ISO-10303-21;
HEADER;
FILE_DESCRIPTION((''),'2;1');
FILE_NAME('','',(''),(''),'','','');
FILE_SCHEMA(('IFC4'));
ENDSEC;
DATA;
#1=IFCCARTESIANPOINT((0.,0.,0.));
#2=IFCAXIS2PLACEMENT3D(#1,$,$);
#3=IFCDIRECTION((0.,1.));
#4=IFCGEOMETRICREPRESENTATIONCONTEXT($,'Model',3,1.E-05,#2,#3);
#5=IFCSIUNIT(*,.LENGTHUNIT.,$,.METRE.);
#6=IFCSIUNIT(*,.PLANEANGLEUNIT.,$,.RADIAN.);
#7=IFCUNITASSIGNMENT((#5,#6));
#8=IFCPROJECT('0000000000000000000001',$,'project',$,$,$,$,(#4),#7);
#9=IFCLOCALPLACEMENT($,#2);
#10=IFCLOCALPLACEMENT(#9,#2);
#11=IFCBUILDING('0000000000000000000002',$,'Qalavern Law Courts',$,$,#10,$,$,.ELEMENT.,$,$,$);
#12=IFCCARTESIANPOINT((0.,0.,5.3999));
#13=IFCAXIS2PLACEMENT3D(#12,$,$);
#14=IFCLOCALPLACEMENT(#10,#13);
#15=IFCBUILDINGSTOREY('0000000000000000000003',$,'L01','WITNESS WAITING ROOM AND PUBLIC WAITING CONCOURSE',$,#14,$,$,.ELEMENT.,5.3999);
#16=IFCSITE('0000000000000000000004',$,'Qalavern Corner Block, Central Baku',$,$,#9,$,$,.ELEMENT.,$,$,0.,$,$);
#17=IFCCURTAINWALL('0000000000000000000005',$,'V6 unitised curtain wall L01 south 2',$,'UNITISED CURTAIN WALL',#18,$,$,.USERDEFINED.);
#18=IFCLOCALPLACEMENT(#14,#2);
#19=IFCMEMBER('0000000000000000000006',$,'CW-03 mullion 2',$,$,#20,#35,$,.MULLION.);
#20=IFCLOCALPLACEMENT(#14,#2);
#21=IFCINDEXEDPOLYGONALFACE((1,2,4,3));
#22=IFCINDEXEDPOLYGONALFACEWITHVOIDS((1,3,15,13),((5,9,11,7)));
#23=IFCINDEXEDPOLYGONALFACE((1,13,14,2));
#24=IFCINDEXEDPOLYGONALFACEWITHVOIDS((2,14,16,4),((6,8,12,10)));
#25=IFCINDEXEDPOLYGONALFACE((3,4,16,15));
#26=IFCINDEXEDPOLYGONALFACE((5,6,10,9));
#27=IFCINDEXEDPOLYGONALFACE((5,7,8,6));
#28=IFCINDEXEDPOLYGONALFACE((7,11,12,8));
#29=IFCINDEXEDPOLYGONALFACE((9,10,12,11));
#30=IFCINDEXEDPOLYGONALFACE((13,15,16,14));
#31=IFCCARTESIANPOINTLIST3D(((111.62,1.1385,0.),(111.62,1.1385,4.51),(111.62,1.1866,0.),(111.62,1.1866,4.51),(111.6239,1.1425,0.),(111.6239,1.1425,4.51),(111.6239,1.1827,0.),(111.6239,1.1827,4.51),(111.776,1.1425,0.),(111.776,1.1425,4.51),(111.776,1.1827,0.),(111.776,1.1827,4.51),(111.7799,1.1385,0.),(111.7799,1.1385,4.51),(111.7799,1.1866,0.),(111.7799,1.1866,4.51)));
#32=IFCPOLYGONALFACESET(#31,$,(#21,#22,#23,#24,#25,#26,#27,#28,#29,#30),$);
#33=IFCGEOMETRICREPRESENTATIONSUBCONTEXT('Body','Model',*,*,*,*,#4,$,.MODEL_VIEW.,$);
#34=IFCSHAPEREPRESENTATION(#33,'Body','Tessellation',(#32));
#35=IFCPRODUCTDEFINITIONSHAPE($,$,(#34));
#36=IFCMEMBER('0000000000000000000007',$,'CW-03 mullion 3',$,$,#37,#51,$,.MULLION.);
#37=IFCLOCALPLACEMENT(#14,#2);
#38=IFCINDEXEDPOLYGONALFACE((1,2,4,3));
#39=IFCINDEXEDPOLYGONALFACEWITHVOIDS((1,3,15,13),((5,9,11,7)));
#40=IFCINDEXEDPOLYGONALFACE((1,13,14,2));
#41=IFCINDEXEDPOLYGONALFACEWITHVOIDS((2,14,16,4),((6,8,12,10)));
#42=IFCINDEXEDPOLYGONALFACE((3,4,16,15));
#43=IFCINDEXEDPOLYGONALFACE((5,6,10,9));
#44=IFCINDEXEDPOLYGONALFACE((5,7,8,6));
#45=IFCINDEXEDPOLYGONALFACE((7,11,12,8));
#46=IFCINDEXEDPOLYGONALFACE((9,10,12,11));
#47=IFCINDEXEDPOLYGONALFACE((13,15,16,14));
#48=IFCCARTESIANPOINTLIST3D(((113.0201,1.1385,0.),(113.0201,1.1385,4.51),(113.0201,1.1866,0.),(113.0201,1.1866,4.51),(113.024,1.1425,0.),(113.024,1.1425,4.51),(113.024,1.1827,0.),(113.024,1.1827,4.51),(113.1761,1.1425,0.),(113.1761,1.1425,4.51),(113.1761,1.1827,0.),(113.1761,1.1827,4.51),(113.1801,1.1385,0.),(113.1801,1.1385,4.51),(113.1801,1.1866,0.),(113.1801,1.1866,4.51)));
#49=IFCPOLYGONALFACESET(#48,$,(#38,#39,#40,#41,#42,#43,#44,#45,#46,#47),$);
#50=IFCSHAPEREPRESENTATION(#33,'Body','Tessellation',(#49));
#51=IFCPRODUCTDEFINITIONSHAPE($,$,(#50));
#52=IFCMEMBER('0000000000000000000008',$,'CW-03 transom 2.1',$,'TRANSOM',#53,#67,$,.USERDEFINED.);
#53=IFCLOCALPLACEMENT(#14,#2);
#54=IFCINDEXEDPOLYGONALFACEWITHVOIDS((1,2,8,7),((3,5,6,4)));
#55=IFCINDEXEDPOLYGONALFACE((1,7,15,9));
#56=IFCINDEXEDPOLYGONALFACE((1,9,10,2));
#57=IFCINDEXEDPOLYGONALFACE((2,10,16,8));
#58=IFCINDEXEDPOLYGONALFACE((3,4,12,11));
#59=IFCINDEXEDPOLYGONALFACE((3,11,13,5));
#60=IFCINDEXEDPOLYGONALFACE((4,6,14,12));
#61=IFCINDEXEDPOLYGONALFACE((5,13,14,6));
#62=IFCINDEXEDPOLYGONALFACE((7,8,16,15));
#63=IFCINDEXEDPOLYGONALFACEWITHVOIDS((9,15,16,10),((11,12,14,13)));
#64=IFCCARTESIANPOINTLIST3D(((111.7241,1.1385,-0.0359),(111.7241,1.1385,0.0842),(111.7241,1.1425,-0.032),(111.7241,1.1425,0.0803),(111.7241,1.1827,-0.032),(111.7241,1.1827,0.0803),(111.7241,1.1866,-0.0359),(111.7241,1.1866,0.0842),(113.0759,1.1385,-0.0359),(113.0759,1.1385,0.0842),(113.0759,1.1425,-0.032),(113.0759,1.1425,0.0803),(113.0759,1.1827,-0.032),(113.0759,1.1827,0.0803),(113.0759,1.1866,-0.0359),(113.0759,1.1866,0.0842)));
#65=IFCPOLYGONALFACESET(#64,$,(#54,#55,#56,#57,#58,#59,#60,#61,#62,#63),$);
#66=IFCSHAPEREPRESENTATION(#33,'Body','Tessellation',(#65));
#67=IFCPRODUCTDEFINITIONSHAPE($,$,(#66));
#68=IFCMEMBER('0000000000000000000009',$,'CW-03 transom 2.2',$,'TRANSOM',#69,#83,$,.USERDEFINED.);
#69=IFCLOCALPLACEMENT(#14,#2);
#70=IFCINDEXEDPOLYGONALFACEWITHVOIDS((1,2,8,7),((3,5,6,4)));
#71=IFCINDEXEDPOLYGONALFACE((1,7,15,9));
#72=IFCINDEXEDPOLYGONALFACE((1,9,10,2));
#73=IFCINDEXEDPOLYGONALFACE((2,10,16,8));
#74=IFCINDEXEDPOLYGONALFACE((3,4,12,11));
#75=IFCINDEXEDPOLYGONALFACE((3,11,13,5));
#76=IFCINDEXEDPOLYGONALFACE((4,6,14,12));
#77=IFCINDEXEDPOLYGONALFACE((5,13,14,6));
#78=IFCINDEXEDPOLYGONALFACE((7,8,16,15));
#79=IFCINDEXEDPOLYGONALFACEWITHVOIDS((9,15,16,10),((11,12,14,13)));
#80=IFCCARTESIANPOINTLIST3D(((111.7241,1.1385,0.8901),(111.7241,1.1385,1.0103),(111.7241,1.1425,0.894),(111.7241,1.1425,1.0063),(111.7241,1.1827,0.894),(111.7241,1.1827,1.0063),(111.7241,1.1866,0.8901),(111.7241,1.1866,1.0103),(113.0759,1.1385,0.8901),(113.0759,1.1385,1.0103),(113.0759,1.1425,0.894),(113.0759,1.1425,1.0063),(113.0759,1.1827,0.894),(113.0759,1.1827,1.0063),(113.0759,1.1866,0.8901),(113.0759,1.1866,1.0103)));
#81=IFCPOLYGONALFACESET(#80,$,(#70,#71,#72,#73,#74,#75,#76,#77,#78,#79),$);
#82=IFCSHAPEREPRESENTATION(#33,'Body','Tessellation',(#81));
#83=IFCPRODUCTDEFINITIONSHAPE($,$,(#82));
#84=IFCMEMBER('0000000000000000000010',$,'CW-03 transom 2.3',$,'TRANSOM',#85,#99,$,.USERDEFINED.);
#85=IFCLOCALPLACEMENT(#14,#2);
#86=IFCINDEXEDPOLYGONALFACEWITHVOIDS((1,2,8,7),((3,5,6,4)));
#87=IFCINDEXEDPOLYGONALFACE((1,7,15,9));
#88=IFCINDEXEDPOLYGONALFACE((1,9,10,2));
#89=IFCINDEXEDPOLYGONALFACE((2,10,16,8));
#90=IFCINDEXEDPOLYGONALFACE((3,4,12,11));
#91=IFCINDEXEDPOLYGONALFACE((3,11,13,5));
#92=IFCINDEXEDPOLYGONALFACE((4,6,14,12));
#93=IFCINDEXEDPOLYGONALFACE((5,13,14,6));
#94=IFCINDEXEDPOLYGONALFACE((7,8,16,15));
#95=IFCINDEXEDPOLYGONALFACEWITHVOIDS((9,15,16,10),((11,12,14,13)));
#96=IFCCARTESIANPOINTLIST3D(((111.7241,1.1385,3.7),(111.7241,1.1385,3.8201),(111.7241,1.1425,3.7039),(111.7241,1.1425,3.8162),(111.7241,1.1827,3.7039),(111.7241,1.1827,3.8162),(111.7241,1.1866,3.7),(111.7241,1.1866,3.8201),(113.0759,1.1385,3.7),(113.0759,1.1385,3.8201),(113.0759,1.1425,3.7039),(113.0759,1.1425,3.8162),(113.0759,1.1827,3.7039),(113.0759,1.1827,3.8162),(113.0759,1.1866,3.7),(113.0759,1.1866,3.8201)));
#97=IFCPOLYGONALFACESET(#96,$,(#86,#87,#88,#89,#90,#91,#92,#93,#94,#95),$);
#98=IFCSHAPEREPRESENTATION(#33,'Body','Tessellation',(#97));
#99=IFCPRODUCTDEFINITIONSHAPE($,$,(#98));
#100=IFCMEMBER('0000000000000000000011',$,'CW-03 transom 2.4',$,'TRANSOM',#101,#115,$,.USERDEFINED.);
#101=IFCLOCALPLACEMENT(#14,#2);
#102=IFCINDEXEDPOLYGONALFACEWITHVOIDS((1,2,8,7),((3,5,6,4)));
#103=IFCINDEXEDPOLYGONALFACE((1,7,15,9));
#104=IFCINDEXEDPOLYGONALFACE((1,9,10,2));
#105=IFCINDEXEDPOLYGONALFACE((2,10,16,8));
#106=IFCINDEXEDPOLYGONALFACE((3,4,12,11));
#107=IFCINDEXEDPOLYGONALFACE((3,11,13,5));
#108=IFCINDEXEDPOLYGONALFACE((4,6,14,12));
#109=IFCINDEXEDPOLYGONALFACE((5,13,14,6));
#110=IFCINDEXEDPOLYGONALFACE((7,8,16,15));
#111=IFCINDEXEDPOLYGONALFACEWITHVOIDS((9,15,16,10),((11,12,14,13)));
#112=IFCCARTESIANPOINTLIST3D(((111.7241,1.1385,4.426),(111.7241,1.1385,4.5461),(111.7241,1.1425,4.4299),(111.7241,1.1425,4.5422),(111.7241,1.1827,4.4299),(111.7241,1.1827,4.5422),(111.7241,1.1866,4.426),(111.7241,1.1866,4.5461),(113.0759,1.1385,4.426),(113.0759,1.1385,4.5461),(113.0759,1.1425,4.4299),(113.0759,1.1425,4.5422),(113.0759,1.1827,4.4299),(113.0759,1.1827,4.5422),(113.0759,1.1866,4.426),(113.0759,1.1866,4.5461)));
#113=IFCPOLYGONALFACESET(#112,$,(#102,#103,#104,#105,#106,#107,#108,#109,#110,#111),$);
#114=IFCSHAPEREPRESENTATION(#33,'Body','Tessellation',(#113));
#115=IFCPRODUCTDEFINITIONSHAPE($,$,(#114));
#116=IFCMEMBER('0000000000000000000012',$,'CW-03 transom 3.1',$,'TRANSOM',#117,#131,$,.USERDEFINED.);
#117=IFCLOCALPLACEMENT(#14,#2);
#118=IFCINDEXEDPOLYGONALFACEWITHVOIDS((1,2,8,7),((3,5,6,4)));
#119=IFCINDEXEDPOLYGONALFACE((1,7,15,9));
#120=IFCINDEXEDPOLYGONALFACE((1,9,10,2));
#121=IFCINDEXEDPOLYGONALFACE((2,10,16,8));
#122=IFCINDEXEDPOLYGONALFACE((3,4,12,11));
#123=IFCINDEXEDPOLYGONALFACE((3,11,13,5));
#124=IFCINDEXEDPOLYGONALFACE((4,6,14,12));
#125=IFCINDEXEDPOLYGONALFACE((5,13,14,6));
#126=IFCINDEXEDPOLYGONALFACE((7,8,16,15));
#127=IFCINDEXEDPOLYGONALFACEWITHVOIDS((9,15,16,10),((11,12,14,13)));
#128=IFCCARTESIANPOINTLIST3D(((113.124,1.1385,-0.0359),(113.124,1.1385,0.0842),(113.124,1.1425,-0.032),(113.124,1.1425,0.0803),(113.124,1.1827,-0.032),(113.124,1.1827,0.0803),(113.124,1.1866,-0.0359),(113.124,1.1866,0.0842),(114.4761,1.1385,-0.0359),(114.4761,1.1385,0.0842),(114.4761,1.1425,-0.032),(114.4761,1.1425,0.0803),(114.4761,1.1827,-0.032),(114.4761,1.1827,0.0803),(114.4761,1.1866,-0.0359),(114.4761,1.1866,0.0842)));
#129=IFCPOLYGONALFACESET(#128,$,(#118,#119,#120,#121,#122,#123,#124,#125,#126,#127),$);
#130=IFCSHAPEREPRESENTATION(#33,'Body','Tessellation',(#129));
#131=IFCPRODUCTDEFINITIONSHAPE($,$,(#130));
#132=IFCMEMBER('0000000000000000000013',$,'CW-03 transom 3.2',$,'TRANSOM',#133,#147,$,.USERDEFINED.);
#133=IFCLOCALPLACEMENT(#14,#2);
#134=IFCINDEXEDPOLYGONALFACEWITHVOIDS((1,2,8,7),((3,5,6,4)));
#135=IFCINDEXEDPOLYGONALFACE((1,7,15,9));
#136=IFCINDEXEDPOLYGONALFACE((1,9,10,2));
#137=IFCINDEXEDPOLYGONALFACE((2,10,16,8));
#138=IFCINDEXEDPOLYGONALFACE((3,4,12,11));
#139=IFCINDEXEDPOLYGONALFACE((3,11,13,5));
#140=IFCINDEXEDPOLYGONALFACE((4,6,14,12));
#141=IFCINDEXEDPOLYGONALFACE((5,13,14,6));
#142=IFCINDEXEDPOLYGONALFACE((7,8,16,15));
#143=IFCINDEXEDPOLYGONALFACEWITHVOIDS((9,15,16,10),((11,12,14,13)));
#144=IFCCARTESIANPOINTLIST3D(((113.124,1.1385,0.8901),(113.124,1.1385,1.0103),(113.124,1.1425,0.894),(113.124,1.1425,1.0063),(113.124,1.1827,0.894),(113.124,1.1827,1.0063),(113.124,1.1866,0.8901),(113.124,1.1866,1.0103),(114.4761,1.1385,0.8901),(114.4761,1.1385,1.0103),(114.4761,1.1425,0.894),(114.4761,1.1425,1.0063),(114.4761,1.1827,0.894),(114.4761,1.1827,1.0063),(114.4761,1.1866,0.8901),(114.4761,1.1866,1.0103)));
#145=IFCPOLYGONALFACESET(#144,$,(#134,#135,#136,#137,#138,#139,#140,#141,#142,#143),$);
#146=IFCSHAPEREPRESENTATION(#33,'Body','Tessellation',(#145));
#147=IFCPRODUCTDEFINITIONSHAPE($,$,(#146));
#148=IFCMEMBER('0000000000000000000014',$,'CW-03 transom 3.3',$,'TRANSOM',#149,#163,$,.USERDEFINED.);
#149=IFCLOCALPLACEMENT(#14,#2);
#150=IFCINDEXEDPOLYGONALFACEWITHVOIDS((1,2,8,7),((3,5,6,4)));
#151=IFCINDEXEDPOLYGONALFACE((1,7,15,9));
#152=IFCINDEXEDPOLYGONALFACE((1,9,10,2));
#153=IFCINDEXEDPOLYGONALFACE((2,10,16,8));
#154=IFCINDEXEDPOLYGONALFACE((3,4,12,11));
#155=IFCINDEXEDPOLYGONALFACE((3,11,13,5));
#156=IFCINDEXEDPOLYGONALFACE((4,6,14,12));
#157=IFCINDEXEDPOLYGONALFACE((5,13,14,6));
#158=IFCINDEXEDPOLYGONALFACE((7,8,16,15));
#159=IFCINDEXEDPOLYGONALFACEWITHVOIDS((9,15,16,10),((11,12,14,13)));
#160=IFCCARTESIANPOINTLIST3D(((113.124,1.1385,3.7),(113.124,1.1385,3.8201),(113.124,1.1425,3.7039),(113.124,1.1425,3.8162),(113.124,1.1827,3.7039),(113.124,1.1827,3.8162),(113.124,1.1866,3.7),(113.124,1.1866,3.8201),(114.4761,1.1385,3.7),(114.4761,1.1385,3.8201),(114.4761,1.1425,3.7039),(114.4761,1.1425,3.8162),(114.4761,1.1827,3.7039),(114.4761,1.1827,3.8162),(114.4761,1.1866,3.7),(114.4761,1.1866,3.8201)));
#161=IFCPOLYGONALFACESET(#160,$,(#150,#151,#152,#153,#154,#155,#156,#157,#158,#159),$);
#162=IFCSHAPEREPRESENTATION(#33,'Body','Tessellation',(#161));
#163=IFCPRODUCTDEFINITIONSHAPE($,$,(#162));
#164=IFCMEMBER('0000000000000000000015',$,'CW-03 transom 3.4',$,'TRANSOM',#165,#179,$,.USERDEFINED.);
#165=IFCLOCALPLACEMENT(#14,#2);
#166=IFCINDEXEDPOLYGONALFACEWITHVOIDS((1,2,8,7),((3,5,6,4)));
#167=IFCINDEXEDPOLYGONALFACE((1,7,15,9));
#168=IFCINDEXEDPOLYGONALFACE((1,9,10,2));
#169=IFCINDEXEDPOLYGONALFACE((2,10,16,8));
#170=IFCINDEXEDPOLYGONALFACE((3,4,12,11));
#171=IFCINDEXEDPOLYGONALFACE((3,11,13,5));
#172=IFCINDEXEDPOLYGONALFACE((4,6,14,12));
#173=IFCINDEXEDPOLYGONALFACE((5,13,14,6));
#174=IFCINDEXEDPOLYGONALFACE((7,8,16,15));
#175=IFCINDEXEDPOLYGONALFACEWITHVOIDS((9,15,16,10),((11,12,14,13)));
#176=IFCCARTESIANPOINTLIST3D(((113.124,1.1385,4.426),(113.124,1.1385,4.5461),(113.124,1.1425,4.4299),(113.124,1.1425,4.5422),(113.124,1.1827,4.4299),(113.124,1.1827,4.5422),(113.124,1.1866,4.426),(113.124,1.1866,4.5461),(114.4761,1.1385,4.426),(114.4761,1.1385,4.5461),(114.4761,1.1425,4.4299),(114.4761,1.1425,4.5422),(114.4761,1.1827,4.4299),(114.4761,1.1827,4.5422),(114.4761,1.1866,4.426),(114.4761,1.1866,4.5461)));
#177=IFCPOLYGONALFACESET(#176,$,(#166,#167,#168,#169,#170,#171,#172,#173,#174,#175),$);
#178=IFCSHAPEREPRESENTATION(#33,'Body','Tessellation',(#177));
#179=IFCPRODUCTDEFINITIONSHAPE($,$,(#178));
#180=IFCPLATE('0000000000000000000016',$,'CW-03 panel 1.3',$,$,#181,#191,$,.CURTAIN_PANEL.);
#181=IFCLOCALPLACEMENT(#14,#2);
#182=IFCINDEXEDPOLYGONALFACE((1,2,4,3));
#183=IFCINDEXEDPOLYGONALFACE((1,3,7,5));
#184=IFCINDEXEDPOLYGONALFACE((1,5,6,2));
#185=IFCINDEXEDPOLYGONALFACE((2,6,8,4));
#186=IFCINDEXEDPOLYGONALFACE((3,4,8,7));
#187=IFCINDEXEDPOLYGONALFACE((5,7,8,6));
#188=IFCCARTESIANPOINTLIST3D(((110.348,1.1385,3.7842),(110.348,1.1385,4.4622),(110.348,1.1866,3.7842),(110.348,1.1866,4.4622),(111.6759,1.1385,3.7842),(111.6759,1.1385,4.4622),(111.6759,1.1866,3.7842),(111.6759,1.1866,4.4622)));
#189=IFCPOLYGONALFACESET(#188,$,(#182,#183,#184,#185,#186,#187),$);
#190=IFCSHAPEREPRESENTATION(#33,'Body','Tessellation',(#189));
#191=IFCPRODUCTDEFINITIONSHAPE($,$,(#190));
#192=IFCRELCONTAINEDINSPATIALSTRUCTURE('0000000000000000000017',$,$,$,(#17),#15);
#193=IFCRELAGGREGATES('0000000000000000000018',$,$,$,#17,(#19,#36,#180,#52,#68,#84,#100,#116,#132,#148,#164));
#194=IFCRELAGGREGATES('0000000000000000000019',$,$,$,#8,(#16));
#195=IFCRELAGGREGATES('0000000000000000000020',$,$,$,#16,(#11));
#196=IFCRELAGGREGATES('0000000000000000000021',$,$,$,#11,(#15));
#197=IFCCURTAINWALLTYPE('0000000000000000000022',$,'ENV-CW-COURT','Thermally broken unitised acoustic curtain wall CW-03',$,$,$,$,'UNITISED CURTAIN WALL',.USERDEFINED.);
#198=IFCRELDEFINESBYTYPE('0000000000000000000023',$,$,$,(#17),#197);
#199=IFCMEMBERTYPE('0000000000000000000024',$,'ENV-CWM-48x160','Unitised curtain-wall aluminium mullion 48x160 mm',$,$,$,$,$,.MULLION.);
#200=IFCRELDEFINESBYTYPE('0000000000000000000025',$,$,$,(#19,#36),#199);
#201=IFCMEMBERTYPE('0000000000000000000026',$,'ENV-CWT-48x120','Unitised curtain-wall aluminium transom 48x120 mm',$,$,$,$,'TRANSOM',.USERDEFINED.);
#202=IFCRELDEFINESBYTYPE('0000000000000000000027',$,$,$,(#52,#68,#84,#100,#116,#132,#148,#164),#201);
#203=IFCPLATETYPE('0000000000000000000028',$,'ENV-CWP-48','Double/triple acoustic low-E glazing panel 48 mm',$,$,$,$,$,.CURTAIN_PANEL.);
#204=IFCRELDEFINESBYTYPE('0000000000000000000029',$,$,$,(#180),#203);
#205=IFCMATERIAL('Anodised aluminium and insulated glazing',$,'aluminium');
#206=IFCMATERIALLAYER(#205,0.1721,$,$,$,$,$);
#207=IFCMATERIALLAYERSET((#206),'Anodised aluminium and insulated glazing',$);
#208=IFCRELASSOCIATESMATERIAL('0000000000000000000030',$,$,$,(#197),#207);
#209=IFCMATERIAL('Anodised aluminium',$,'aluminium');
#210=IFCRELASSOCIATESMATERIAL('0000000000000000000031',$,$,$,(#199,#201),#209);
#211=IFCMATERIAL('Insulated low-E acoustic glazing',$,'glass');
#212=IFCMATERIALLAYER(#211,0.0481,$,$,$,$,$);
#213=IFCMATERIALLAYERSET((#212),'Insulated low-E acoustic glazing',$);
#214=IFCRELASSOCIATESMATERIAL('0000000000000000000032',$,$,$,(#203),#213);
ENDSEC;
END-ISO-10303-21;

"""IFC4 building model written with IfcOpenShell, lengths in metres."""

from ifc_helpers import new_model, si_unit, direction, frame, origin, origin_2d, place, context, subcontext, project, spatial, rectangle, hollow_rectangle, extrude, material, layer, layer_set, material_profile, profile_set, type_object, element, aggregate, save


model = new_model("IFC4")

# Units and contexts
model_context = context("Model", 3, precision=1e-05, world=origin(), true_north=direction((0.0, 1.0)))
body_context = subcontext(model_context, "Body", "Model", "MODEL_VIEW")
ifc_project = project(units=[si_unit("LENGTHUNIT", "METRE"), si_unit("PLANEANGLEUNIT", "RADIAN")], contexts=[model_context])

# Site, building, storey
site_placement = place(None, origin())
site = spatial("IfcSite", under=ifc_project, at=site_placement, Name="Qalavern Corner Block, Central Baku", CompositionType="ELEMENT", RefElevation=0.0)
building_placement = place(site_placement, origin())
building = spatial("IfcBuilding", under=site, at=building_placement, Name="Qalavern Law Courts", CompositionType="ELEMENT")
storey_placement = place(building_placement, frame((0.0, 0.0, 5.3999)))
storey = spatial("IfcBuildingStorey", under=building, at=storey_placement, Name="L01", Description="WITNESS WAITING ROOM AND PUBLIC WAITING CONCOURSE", CompositionType="ELEMENT", Elevation=5.3999)

# Curtain wall, members, plate
ifc_material_1 = material(Name="Anodised aluminium and insulated glazing", Category="aluminium")
ifc_layer_1 = layer(ifc_material_1, 0.1721)
ifc_layer_set_1 = layer_set([ifc_layer_1], Name="Anodised aluminium and insulated glazing")
curtain_wall_type = type_object("IfcCurtainWallType", Name="ENV-CW-COURT", Description="Thermally broken unitised acoustic curtain wall CW-03", ElementType="UNITISED CURTAIN WALL", PredefinedType="USERDEFINED", material=ifc_layer_set_1)
curtain_wall_placement = place(storey_placement, origin())
curtain_wall = element("IfcCurtainWall", 1, at=curtain_wall_placement, inside=storey, type_object=curtain_wall_type, Name="V6 unitised curtain wall L01 south 2", ObjectType="UNITISED CURTAIN WALL", PredefinedType="USERDEFINED")
ifc_material_2 = material(Name="Anodised aluminium", Category="aluminium")
ifc_material_profile_1 = material_profile(ifc_material_2, hollow_rectangle(XDim=0.0481, YDim=0.1599, WallThickness=0.0039, at=origin_2d()), Name="ALU MULLION 48x160")
ifc_profile_set_1 = profile_set([ifc_material_profile_1], Name="Anodised aluminium")
member_type_1 = type_object("IfcMemberType", Name="ENV-CWM-48x160", Description="Unitised curtain-wall aluminium mullion 48x160 mm", PredefinedType="MULLION", material=ifc_profile_set_1)
member_1_placement = place(storey_placement, frame((111.7, 1.1626, 0.0), z_axis=(0.0, 0.0, 1.0), x_axis=(0.0, 1.0, 0.0)))
member_1 = element("IfcMember", 2, at=member_1_placement, type_object=member_type_1, Name="CW-03 mullion 2", PredefinedType="MULLION", context=body_context, shape_type="SweptSolid", body=[
    extrude(hollow_rectangle(XDim=0.0481, YDim=0.1599, WallThickness=0.0039, at=origin_2d()), origin(), (0.0, 0.0, 1.0), 4.51),
])
member_2_placement = place(storey_placement, frame((113.1001, 1.1626, 0.0), z_axis=(0.0, 0.0, 1.0), x_axis=(0.0, 1.0, 0.0)))
member_2 = element("IfcMember", 3, at=member_2_placement, type_object=member_type_1, Name="CW-03 mullion 3", PredefinedType="MULLION", context=body_context, shape_type="SweptSolid", body=[
    extrude(hollow_rectangle(XDim=0.0481, YDim=0.1599, WallThickness=0.0039, at=origin_2d()), origin(), (0.0, 0.0, 1.0), 4.51),
])
ifc_material_profile_2 = material_profile(ifc_material_2, hollow_rectangle(XDim=0.0481, YDim=0.1201, WallThickness=0.0039, at=origin_2d()), Name="ALU TRANSOM 48x120")
ifc_profile_set_2 = profile_set([ifc_material_profile_2], Name="Anodised aluminium")
member_type_2 = type_object("IfcMemberType", Name="ENV-CWT-48x120", Description="Unitised curtain-wall aluminium transom 48x120 mm", ElementType="TRANSOM", PredefinedType="USERDEFINED", material=ifc_profile_set_2)
member_3_placement = place(storey_placement, frame((111.7241, 1.1626, 0.0242), z_axis=(1.0, 0.0, 0.0), x_axis=(0.0, 1.0, 0.0)))
member_3 = element("IfcMember", 4, at=member_3_placement, type_object=member_type_2, Name="CW-03 transom 2.1", ObjectType="TRANSOM", PredefinedType="USERDEFINED", context=body_context, shape_type="SweptSolid", body=[
    extrude(hollow_rectangle(XDim=0.0481, YDim=0.1201, WallThickness=0.0039, at=origin_2d()), origin(), (0.0, 0.0, 1.0), 1.3518),
])
member_4_placement = place(storey_placement, frame((111.7241, 1.1626, 0.9502), z_axis=(1.0, 0.0, 0.0), x_axis=(0.0, 1.0, 0.0)))
member_4 = element("IfcMember", 5, at=member_4_placement, type_object=member_type_2, Name="CW-03 transom 2.2", ObjectType="TRANSOM", PredefinedType="USERDEFINED", context=body_context, shape_type="SweptSolid", body=[
    extrude(hollow_rectangle(XDim=0.0481, YDim=0.1201, WallThickness=0.0039, at=origin_2d()), origin(), (0.0, 0.0, 1.0), 1.3518),
])
member_5_placement = place(storey_placement, frame((111.7241, 1.1626, 3.76), z_axis=(1.0, 0.0, 0.0), x_axis=(0.0, 1.0, 0.0)))
member_5 = element("IfcMember", 6, at=member_5_placement, type_object=member_type_2, Name="CW-03 transom 2.3", ObjectType="TRANSOM", PredefinedType="USERDEFINED", context=body_context, shape_type="SweptSolid", body=[
    extrude(hollow_rectangle(XDim=0.0481, YDim=0.1201, WallThickness=0.0039, at=origin_2d()), origin(), (0.0, 0.0, 1.0), 1.3518),
])
member_6_placement = place(storey_placement, frame((111.7241, 1.1626, 4.4861), z_axis=(1.0, 0.0, 0.0), x_axis=(0.0, 1.0, 0.0)))
member_6 = element("IfcMember", 7, at=member_6_placement, type_object=member_type_2, Name="CW-03 transom 2.4", ObjectType="TRANSOM", PredefinedType="USERDEFINED", context=body_context, shape_type="SweptSolid", body=[
    extrude(hollow_rectangle(XDim=0.0481, YDim=0.1201, WallThickness=0.0039, at=origin_2d()), origin(), (0.0, 0.0, 1.0), 1.3518),
])
member_7_placement = place(storey_placement, frame((113.124, 1.1626, 0.0242), z_axis=(1.0, 0.0, 0.0), x_axis=(0.0, 1.0, 0.0)))
member_7 = element("IfcMember", 8, at=member_7_placement, type_object=member_type_2, Name="CW-03 transom 3.1", ObjectType="TRANSOM", PredefinedType="USERDEFINED", context=body_context, shape_type="SweptSolid", body=[
    extrude(hollow_rectangle(XDim=0.0481, YDim=0.1201, WallThickness=0.0039, at=origin_2d()), origin(), (0.0, 0.0, 1.0), 1.3521),
])
member_8_placement = place(storey_placement, frame((113.124, 1.1626, 0.9502), z_axis=(1.0, 0.0, 0.0), x_axis=(0.0, 1.0, 0.0)))
member_8 = element("IfcMember", 9, at=member_8_placement, type_object=member_type_2, Name="CW-03 transom 3.2", ObjectType="TRANSOM", PredefinedType="USERDEFINED", context=body_context, shape_type="SweptSolid", body=[
    extrude(hollow_rectangle(XDim=0.0481, YDim=0.1201, WallThickness=0.0039, at=origin_2d()), origin(), (0.0, 0.0, 1.0), 1.3521),
])
member_9_placement = place(storey_placement, frame((113.124, 1.1626, 3.76), z_axis=(1.0, 0.0, 0.0), x_axis=(0.0, 1.0, 0.0)))
member_9 = element("IfcMember", 10, at=member_9_placement, type_object=member_type_2, Name="CW-03 transom 3.3", ObjectType="TRANSOM", PredefinedType="USERDEFINED", context=body_context, shape_type="SweptSolid", body=[
    extrude(hollow_rectangle(XDim=0.0481, YDim=0.1201, WallThickness=0.0039, at=origin_2d()), origin(), (0.0, 0.0, 1.0), 1.3521),
])
member_10_placement = place(storey_placement, frame((113.124, 1.1626, 4.4861), z_axis=(1.0, 0.0, 0.0), x_axis=(0.0, 1.0, 0.0)))
member_10 = element("IfcMember", 11, at=member_10_placement, type_object=member_type_2, Name="CW-03 transom 3.4", ObjectType="TRANSOM", PredefinedType="USERDEFINED", context=body_context, shape_type="SweptSolid", body=[
    extrude(hollow_rectangle(XDim=0.0481, YDim=0.1201, WallThickness=0.0039, at=origin_2d()), origin(), (0.0, 0.0, 1.0), 1.3521),
])
ifc_material_3 = material(Name="Insulated low-E acoustic glazing", Category="glass")
ifc_layer_2 = layer(ifc_material_3, 0.0481)
ifc_layer_set_2 = layer_set([ifc_layer_2], Name="Insulated low-E acoustic glazing")
plate_type = type_object("IfcPlateType", Name="ENV-CWP-48", Description="Double/triple acoustic low-E glazing panel 48 mm", PredefinedType="CURTAIN_PANEL", material=ifc_layer_set_2)
plate_1_placement = place(storey_placement, frame((111.012, 1.1626, 3.7842), z_axis=(0.0, 0.0, 1.0), x_axis=(1.0, 0.0, 0.0)))
plate_1 = element("IfcPlate", 12, at=plate_1_placement, type_object=plate_type, Name="CW-03 panel 1.3", PredefinedType="CURTAIN_PANEL", context=body_context, shape_type="SweptSolid", body=[
    extrude(rectangle(XDim=1.3279, YDim=0.0481, at=origin_2d()), origin(), (0.0, 0.0, 1.0), 0.678),
])
aggregate(curtain_wall, [member_1, member_2, plate_1, member_3, member_4, member_5, member_6, member_7, member_8, member_9, member_10])

save(model, "model.ifc")
